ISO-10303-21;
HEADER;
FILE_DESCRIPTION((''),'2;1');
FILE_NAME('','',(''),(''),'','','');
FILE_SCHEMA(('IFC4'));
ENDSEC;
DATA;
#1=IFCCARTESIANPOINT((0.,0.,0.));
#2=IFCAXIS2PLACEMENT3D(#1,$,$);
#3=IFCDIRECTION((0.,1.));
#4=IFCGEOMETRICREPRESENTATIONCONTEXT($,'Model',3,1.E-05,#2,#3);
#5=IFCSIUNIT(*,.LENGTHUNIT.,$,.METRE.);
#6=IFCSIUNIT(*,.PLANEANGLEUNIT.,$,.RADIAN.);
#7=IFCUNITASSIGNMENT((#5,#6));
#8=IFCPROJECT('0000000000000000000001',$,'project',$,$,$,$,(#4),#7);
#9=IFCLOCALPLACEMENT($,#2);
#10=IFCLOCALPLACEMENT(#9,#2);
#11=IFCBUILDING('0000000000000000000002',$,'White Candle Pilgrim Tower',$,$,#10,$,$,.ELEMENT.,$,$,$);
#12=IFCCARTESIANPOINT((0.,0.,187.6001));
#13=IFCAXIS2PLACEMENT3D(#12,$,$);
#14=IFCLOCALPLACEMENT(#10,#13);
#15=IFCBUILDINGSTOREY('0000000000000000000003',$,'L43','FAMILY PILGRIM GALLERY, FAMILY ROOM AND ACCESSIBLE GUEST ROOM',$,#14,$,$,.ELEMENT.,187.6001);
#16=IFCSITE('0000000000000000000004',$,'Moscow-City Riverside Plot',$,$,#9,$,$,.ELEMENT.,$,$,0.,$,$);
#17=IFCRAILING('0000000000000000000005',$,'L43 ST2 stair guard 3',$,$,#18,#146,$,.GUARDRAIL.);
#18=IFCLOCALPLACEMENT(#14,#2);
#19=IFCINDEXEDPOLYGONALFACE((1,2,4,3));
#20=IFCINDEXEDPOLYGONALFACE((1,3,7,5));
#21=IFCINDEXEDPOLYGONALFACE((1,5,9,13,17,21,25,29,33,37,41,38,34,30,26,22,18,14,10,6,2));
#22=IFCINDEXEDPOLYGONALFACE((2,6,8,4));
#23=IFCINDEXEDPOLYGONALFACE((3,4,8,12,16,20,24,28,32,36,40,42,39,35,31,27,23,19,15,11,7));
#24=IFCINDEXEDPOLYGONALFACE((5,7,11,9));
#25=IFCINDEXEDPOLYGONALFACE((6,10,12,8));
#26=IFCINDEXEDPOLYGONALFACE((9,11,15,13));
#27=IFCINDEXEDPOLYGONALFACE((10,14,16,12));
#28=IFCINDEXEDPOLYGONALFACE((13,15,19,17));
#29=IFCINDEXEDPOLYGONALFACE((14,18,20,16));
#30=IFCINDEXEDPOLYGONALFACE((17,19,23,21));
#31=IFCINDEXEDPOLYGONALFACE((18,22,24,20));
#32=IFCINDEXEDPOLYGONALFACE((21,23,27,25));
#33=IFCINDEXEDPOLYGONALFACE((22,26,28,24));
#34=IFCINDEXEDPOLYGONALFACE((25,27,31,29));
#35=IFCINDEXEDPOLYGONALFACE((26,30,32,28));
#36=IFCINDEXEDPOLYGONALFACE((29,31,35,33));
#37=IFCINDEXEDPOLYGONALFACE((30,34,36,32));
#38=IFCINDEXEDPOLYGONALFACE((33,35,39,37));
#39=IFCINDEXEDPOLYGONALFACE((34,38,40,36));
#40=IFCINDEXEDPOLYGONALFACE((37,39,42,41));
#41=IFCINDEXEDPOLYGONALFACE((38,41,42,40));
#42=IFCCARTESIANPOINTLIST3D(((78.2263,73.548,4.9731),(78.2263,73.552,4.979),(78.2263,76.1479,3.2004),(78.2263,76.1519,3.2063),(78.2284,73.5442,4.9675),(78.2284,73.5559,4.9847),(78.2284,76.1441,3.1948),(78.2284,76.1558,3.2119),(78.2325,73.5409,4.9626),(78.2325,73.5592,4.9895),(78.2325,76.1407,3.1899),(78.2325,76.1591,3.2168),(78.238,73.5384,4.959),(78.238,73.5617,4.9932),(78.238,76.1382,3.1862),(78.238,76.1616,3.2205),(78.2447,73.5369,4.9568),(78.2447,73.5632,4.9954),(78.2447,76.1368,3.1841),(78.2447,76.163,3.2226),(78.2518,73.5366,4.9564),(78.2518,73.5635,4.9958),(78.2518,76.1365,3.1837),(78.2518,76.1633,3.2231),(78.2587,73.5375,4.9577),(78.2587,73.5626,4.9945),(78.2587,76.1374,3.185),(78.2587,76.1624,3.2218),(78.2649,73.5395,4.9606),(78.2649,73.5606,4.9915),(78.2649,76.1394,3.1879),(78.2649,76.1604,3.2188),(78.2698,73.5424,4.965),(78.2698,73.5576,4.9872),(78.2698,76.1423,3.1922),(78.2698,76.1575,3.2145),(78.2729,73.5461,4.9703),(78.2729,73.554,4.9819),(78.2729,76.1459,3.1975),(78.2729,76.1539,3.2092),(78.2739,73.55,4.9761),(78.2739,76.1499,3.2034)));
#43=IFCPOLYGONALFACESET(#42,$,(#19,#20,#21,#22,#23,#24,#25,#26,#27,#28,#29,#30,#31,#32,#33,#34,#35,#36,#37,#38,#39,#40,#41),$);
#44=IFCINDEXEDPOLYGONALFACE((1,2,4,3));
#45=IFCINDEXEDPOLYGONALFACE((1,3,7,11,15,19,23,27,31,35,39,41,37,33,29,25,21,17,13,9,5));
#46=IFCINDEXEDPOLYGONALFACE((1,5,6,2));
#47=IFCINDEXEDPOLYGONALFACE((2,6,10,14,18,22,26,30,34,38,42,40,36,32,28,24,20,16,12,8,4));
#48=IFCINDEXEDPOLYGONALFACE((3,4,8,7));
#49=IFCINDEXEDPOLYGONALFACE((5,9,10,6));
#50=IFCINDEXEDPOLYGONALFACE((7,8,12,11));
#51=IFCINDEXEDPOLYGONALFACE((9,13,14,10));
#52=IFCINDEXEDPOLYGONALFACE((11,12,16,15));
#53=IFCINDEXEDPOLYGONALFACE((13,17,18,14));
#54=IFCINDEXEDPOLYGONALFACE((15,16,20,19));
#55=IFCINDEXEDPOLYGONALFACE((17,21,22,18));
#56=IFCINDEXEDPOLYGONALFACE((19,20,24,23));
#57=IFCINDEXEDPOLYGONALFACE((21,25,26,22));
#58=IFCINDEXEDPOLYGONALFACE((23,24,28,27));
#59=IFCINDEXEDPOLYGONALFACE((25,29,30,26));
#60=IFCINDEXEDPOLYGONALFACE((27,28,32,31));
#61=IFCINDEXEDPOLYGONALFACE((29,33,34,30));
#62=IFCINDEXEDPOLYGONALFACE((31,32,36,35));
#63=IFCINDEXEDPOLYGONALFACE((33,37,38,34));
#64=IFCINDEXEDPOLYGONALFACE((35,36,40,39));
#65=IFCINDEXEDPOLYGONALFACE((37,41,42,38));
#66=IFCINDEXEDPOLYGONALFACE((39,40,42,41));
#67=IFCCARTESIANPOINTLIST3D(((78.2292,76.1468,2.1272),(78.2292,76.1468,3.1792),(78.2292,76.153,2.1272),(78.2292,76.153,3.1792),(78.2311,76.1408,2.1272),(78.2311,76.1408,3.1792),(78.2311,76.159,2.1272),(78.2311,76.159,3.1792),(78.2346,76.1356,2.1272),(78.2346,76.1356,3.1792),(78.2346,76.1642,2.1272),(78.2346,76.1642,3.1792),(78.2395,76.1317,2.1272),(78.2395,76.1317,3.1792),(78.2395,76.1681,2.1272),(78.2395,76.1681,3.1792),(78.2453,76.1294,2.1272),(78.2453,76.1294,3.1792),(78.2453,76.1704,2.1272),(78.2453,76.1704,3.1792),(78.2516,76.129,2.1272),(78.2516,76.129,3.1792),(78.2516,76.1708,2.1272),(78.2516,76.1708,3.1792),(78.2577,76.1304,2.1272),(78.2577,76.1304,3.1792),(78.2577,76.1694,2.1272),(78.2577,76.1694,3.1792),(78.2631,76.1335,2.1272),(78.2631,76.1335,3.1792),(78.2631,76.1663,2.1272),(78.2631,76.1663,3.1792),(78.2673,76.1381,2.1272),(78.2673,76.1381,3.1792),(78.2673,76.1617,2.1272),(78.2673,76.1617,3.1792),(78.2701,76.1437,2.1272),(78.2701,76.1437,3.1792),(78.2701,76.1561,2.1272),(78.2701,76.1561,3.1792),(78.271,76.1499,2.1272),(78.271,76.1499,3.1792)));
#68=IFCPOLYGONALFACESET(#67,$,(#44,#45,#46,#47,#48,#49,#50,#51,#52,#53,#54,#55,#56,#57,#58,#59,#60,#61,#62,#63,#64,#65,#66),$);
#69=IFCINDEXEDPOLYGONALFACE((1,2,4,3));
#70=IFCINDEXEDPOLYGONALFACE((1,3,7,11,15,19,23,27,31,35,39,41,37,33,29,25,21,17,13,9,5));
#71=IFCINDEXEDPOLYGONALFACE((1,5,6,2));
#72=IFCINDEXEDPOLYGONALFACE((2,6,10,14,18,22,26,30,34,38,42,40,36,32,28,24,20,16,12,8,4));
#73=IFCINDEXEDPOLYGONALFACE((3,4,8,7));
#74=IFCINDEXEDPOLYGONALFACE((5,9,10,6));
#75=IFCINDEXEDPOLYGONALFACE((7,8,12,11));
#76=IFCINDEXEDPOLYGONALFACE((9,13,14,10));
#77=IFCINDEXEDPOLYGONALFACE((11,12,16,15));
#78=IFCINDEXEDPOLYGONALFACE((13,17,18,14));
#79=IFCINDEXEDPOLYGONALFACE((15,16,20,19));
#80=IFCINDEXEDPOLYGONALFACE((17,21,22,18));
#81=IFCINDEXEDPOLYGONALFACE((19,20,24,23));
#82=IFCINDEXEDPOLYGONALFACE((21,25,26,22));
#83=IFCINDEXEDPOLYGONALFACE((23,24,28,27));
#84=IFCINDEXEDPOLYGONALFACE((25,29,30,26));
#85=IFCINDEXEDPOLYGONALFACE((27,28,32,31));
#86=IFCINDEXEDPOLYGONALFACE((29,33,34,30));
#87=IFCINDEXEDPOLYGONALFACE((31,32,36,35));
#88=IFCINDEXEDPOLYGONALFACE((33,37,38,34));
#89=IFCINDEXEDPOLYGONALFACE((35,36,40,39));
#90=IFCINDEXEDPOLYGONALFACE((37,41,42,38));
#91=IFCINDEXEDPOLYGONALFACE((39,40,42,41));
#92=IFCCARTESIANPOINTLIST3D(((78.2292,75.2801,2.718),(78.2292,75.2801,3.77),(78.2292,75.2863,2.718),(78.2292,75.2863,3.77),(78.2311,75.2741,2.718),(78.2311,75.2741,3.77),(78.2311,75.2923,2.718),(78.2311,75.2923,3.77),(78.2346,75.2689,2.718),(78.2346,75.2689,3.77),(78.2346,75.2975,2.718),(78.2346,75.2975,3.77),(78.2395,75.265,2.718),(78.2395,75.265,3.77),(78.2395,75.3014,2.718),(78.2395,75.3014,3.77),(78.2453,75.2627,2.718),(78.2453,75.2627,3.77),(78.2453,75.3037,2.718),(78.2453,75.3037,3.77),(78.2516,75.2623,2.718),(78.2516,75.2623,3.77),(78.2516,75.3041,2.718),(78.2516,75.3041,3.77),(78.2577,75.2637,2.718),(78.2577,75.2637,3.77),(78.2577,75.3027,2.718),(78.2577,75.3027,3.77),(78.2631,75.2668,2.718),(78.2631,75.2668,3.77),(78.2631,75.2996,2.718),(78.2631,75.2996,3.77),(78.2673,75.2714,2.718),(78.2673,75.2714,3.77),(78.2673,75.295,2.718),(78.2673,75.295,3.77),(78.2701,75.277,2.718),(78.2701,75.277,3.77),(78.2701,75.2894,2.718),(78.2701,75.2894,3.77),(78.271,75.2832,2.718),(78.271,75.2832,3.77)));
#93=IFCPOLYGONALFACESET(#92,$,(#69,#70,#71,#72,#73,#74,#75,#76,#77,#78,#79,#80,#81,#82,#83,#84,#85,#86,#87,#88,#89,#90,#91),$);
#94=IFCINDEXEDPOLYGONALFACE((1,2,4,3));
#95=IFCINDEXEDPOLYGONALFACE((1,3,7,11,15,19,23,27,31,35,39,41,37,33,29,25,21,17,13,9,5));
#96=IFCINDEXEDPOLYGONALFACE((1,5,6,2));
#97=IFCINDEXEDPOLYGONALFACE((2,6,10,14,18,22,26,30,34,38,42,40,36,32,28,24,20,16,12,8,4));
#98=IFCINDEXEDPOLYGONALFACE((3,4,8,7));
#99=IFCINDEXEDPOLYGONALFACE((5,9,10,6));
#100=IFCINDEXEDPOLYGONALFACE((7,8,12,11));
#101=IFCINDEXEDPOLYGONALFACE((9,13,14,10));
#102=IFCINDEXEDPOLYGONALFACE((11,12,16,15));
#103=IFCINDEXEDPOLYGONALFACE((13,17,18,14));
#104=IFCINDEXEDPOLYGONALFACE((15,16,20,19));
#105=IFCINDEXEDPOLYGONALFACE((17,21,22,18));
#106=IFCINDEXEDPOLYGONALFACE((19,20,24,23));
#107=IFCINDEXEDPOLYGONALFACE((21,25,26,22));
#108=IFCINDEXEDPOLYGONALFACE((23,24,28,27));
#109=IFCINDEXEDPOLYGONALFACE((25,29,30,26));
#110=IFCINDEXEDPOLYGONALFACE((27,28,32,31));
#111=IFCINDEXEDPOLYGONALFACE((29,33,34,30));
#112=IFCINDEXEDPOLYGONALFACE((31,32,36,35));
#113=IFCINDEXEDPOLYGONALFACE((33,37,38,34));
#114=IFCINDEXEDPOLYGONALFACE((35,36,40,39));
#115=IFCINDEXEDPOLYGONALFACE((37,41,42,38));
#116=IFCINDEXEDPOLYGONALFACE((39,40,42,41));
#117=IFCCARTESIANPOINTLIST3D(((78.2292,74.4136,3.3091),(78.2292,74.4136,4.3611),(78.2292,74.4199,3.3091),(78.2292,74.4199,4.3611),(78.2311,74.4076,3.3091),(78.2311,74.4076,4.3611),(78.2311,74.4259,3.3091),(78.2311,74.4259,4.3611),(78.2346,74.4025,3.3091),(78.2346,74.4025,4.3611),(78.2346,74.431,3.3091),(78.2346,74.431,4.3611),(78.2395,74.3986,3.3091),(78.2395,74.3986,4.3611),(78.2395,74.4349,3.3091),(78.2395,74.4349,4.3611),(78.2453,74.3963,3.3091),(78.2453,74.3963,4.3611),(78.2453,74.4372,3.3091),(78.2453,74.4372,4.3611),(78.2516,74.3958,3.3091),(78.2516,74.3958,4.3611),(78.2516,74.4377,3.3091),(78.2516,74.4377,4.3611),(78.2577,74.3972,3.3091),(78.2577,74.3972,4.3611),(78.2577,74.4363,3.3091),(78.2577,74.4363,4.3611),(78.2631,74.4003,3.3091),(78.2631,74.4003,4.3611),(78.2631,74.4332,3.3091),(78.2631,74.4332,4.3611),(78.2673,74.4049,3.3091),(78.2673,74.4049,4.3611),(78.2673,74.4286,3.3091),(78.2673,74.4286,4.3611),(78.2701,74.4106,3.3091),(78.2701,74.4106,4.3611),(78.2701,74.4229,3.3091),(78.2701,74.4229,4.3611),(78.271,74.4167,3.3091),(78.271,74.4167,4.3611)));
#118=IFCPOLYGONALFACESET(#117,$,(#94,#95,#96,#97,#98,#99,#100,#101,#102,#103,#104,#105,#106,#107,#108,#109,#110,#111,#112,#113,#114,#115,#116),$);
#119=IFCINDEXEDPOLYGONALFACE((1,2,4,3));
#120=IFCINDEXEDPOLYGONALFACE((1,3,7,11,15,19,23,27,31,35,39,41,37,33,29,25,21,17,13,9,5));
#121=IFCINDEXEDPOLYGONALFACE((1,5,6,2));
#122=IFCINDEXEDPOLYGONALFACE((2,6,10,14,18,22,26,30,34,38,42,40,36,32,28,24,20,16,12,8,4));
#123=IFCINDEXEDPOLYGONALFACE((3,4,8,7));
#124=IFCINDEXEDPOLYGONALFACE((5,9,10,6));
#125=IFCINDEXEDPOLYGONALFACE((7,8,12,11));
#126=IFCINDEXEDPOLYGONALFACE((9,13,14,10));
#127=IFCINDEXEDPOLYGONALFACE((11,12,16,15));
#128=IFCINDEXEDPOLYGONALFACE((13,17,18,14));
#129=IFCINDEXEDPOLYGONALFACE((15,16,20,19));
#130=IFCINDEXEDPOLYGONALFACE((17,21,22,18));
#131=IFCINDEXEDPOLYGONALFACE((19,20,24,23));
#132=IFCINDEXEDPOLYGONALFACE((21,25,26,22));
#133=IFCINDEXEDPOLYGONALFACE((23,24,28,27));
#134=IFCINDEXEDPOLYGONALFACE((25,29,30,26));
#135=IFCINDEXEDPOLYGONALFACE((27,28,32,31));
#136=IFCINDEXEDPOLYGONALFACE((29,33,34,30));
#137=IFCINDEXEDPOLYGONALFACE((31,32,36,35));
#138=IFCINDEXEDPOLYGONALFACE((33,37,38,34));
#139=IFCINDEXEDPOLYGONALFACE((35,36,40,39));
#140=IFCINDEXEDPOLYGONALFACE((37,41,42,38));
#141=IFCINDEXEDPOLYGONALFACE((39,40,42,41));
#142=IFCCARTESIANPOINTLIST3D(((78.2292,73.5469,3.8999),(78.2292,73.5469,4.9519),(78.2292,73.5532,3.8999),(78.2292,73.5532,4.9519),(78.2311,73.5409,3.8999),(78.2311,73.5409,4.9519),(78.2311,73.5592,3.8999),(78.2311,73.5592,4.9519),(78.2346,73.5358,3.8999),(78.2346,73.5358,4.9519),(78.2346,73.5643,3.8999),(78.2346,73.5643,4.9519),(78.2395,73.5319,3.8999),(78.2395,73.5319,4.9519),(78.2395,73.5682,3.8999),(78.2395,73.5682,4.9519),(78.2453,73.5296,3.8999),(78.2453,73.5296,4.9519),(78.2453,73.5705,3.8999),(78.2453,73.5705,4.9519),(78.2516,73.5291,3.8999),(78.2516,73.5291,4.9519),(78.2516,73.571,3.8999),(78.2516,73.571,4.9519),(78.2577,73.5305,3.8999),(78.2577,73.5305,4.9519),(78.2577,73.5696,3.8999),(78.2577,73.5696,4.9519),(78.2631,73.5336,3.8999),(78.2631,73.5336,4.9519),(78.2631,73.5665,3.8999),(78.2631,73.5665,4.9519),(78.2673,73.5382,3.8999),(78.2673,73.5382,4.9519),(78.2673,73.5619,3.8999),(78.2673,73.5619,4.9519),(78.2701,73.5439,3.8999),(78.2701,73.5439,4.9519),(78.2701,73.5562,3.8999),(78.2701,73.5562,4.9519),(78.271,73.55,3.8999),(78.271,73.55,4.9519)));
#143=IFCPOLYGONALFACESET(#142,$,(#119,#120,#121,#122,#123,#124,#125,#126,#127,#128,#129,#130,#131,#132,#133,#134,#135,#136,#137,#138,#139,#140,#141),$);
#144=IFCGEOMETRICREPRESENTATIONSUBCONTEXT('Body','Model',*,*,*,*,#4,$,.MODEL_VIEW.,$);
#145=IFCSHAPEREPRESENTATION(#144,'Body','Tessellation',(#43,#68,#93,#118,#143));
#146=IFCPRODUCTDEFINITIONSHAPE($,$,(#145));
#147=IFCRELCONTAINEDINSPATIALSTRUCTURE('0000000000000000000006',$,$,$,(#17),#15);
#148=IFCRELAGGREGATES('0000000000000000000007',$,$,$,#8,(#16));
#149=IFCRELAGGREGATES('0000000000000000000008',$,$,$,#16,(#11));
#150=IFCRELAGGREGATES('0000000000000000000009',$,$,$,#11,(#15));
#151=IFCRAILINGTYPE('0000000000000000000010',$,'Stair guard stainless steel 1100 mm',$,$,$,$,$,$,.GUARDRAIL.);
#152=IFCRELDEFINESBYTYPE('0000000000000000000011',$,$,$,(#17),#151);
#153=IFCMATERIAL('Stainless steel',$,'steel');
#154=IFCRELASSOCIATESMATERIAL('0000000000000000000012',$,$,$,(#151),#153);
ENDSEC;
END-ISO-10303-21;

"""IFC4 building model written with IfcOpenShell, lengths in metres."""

from ifc_helpers import new_model, si_unit, direction, frame, origin, origin_2d, place, context, subcontext, project, spatial, circle, extrude, material, type_object, element, save


model = new_model("IFC4")

# Units and contexts
model_context = context("Model", 3, precision=1e-05, world=origin(), true_north=direction((0.0, 1.0)))
body_context = subcontext(model_context, "Body", "Model", "MODEL_VIEW")
ifc_project = project(units=[si_unit("LENGTHUNIT", "METRE"), si_unit("PLANEANGLEUNIT", "RADIAN")], contexts=[model_context])

# Site, building, storey
site_placement = place(None, origin())
site = spatial("IfcSite", under=ifc_project, at=site_placement, Name="Moscow-City Riverside Plot", CompositionType="ELEMENT", RefElevation=0.0)
building_placement = place(site_placement, origin())
building = spatial("IfcBuilding", under=site, at=building_placement, Name="White Candle Pilgrim Tower", CompositionType="ELEMENT")
storey_placement = place(building_placement, frame((0.0, 0.0, 187.6001)))
storey = spatial("IfcBuildingStorey", under=building, at=storey_placement, Name="L43", Description="FAMILY PILGRIM GALLERY, FAMILY ROOM AND ACCESSIBLE GUEST ROOM", CompositionType="ELEMENT", Elevation=187.6001)

# Railing
ifc_material_1 = material(Name="Stainless steel", Category="steel")
railing_type = type_object("IfcRailingType", Name="Stair guard stainless steel 1100 mm", PredefinedType="GUARDRAIL", material=ifc_material_1)
railing_1_placement = place(storey_placement, frame((78.25, 76.1499, 2.1272)))
element("IfcRailing", 1, at=railing_1_placement, inside=storey, type_object=railing_type, Name="L43 ST2 stair guard 3", PredefinedType="GUARDRAIL", context=body_context, shape_type="SweptSolid", body=[
    extrude(circle(Radius=0.0239, at=origin_2d()), frame((0.0, 0.0, 1.0762), z_axis=(0.0, -0.826216, 0.563354), x_axis=(1.0, 0.0, 0.0)), (0.0, 0.0, 1.0), 3.1467),
    extrude(circle(Radius=0.021, at=origin_2d()), origin(), (0.0, 0.0, 1.0), 1.052),
    extrude(circle(Radius=0.021, at=origin_2d()), frame((0.0, -0.8667, 0.5908)), (0.0, 0.0, 1.0), 1.052),
    extrude(circle(Radius=0.021, at=origin_2d()), frame((0.0, -1.7332, 1.1819)), (0.0, 0.0, 1.0), 1.052),
    extrude(circle(Radius=0.021, at=origin_2d()), frame((0.0, -2.5999, 1.7727)), (0.0, 0.0, 1.0), 1.052),
])

save(model, "model.ifc")
